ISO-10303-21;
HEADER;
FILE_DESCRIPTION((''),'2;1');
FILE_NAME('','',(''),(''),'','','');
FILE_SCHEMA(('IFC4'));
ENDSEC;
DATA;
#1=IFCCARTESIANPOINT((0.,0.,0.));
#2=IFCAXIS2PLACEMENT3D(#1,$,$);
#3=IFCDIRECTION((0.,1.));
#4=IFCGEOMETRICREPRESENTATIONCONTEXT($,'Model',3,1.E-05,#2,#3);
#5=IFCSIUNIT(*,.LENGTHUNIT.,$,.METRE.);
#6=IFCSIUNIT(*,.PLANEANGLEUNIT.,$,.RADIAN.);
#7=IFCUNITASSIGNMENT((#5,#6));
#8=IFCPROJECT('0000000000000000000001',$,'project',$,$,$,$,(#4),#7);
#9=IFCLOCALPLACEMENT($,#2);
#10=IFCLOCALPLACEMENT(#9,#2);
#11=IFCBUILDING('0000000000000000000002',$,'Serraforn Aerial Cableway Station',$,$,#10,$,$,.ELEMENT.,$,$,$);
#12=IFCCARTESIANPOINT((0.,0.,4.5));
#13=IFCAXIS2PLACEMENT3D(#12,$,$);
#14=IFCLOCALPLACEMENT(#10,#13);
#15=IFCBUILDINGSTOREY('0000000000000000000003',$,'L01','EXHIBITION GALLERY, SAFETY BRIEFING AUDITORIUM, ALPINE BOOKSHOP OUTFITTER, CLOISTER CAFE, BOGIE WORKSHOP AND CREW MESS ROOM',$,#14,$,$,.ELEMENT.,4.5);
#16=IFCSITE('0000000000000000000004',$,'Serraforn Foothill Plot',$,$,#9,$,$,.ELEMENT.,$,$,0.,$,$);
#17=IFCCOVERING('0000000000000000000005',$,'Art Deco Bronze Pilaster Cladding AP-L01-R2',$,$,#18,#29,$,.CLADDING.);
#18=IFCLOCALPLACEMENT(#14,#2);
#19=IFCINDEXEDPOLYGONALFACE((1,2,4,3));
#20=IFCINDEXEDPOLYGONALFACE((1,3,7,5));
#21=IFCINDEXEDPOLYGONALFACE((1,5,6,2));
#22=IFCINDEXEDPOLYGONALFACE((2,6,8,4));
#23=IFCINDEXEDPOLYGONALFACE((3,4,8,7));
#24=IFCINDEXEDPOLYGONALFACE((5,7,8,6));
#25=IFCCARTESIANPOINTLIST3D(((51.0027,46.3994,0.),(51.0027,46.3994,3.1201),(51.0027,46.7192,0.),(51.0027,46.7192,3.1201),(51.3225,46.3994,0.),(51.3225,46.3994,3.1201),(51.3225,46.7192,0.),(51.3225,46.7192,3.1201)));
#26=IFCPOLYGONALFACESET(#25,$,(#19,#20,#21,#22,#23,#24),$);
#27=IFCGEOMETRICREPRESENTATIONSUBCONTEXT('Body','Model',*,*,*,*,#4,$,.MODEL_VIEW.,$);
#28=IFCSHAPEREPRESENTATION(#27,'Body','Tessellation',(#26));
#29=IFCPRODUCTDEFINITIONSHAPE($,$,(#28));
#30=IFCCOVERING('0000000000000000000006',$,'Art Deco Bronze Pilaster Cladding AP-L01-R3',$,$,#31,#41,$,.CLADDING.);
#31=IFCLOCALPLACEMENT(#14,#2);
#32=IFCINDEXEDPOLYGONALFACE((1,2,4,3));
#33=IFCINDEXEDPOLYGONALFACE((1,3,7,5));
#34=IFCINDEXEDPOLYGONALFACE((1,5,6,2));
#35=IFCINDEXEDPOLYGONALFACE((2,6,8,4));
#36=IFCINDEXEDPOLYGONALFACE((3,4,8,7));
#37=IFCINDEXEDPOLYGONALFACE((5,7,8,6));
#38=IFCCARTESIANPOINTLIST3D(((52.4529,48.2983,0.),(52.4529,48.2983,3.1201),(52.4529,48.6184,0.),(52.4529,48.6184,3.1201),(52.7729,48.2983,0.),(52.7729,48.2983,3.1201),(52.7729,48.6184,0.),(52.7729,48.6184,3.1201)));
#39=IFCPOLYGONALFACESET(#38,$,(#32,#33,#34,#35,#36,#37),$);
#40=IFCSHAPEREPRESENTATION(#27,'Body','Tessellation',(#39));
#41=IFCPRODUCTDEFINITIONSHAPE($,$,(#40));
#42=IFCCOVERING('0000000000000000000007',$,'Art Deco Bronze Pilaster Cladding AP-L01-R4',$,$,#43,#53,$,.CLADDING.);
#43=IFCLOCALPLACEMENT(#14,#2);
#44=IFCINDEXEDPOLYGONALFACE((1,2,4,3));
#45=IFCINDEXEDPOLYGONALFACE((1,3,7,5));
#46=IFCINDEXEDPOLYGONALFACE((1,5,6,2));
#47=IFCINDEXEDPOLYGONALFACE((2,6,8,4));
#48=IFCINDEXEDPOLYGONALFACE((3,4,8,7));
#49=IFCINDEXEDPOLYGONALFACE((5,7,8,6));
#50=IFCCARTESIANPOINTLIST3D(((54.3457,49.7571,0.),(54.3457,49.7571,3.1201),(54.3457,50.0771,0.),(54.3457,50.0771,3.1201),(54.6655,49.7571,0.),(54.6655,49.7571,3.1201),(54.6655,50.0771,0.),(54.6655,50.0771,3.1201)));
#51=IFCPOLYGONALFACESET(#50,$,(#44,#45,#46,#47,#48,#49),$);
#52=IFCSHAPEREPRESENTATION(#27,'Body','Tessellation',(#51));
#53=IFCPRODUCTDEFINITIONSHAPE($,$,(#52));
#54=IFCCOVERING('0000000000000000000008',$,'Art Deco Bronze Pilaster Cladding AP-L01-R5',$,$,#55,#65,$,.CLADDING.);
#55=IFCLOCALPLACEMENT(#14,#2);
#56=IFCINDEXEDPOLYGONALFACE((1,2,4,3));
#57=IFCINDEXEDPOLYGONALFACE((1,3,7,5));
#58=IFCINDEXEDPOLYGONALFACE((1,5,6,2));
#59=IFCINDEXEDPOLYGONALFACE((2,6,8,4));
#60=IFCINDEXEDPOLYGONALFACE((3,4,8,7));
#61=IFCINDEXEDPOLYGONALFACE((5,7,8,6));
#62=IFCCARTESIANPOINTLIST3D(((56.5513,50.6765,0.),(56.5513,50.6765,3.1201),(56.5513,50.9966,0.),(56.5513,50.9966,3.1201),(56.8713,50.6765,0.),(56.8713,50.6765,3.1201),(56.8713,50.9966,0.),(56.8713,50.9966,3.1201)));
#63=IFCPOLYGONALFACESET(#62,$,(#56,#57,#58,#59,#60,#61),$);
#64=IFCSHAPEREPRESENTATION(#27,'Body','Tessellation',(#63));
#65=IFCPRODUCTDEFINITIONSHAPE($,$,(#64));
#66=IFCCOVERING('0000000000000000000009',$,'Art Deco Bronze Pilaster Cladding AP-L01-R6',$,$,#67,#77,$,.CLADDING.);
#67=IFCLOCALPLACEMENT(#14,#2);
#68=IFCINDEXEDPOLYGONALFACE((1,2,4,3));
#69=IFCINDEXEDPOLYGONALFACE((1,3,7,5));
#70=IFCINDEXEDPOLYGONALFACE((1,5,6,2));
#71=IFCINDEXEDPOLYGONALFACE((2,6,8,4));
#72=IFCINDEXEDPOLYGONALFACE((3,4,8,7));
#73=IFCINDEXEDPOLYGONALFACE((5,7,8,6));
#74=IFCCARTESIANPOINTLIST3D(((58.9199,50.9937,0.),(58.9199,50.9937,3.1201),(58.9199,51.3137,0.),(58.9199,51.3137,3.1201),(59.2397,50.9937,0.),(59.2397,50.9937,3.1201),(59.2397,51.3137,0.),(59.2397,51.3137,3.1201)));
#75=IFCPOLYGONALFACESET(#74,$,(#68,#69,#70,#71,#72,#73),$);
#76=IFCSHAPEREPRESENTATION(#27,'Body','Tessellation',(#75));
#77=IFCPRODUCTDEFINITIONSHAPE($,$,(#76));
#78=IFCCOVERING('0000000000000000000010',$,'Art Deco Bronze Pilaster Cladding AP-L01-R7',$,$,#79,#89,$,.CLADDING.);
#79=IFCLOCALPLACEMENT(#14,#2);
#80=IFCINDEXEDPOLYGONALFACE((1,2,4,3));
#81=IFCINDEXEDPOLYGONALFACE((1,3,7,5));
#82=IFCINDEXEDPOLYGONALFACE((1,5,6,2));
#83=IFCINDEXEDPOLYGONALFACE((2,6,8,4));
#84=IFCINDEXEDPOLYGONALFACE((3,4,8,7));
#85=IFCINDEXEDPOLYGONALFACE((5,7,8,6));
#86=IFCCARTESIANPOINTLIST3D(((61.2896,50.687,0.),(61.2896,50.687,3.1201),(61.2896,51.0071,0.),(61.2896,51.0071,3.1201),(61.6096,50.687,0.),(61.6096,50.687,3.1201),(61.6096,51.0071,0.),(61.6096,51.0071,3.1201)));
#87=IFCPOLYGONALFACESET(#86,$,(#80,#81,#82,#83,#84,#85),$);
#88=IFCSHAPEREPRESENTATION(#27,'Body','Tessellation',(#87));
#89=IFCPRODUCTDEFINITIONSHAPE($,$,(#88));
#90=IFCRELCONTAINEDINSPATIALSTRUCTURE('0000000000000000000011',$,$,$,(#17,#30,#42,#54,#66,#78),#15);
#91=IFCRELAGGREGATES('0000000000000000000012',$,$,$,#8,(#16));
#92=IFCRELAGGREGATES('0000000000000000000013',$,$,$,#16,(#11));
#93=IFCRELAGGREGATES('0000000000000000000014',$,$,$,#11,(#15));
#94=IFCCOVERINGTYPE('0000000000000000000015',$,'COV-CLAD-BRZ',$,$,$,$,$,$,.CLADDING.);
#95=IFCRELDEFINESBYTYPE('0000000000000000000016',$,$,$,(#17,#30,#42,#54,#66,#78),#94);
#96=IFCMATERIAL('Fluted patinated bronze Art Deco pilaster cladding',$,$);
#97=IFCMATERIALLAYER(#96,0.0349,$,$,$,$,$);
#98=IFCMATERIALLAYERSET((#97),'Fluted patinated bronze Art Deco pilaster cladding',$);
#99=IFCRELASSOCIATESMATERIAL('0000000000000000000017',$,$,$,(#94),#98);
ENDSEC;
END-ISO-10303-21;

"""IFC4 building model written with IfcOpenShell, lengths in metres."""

from ifc_helpers import new_model, si_unit, direction, frame, origin, place, context, subcontext, project, spatial, polyline, outline, extrude, material, layer, layer_set, type_object, element, save


model = new_model("IFC4")

# Units and contexts
model_context = context("Model", 3, precision=1e-05, world=origin(), true_north=direction((0.0, 1.0)))
body_context = subcontext(model_context, "Body", "Model", "MODEL_VIEW")
ifc_project = project(units=[si_unit("LENGTHUNIT", "METRE"), si_unit("PLANEANGLEUNIT", "RADIAN")], contexts=[model_context])

# Site, building, storey
site_placement = place(None, origin())
site = spatial("IfcSite", under=ifc_project, at=site_placement, Name="Serraforn Foothill Plot", CompositionType="ELEMENT", RefElevation=0.0)
building_placement = place(site_placement, origin())
building = spatial("IfcBuilding", under=site, at=building_placement, Name="Serraforn Aerial Cableway Station", CompositionType="ELEMENT")
storey_placement = place(building_placement, frame((0.0, 0.0, 4.5)))
storey = spatial("IfcBuildingStorey", under=building, at=storey_placement, Name="L01", Description="EXHIBITION GALLERY, SAFETY BRIEFING AUDITORIUM, ALPINE BOOKSHOP OUTFITTER, CLOISTER CAFE, BOGIE WORKSHOP AND CREW MESS ROOM", CompositionType="ELEMENT", Elevation=4.5)

# Coverings
ifc_material_1 = material(Name="Fluted patinated bronze Art Deco pilaster cladding")
ifc_layer_1 = layer(ifc_material_1, 0.0349)
ifc_layer_set_1 = layer_set([ifc_layer_1], Name="Fluted patinated bronze Art Deco pilaster cladding")
covering_type = type_object("IfcCoveringType", Name="COV-CLAD-BRZ", PredefinedType="CLADDING", material=ifc_layer_set_1)
covering_1_placement = place(storey_placement, origin())
element("IfcCovering", 1, at=covering_1_placement, inside=storey, type_object=covering_type, Name="Art Deco Bronze Pilaster Cladding AP-L01-R2", PredefinedType="CLADDING", context=body_context, shape_type="SweptSolid", body=[
    extrude(outline(polyline([(51.0027, 46.3994), (51.3225, 46.3994), (51.3225, 46.7192), (51.0027, 46.7192), (51.0027, 46.3994)])), origin(), (0.0, 0.0, 1.0), 3.1201),
])
covering_2_placement = place(storey_placement, origin())
element("IfcCovering", 2, at=covering_2_placement, inside=storey, type_object=covering_type, Name="Art Deco Bronze Pilaster Cladding AP-L01-R3", PredefinedType="CLADDING", context=body_context, shape_type="SweptSolid", body=[
    extrude(outline(polyline([(52.4529, 48.2983), (52.7729, 48.2983), (52.7729, 48.6184), (52.4529, 48.6184), (52.4529, 48.2983)])), origin(), (0.0, 0.0, 1.0), 3.1201),
])
covering_3_placement = place(storey_placement, origin())
element("IfcCovering", 3, at=covering_3_placement, inside=storey, type_object=covering_type, Name="Art Deco Bronze Pilaster Cladding AP-L01-R4", PredefinedType="CLADDING", context=body_context, shape_type="SweptSolid", body=[
    extrude(outline(polyline([(54.3457, 49.7571), (54.6655, 49.7571), (54.6655, 50.0771), (54.3457, 50.0771), (54.3457, 49.7571)])), origin(), (0.0, 0.0, 1.0), 3.1201),
])
covering_4_placement = place(storey_placement, origin())
element("IfcCovering", 4, at=covering_4_placement, inside=storey, type_object=covering_type, Name="Art Deco Bronze Pilaster Cladding AP-L01-R5", PredefinedType="CLADDING", context=body_context, shape_type="SweptSolid", body=[
    extrude(outline(polyline([(56.5513, 50.6765), (56.8713, 50.6765), (56.8713, 50.9966), (56.5513, 50.9966), (56.5513, 50.6765)])), origin(), (0.0, 0.0, 1.0), 3.1201),
])
covering_5_placement = place(storey_placement, origin())
element("IfcCovering", 5, at=covering_5_placement, inside=storey, type_object=covering_type, Name="Art Deco Bronze Pilaster Cladding AP-L01-R6", PredefinedType="CLADDING", context=body_context, shape_type="SweptSolid", body=[
    extrude(outline(polyline([(58.9199, 50.9937), (59.2397, 50.9937), (59.2397, 51.3137), (58.9199, 51.3137), (58.9199, 50.9937)])), origin(), (0.0, 0.0, 1.0), 3.1201),
])
covering_6_placement = place(storey_placement, origin())
element("IfcCovering", 6, at=covering_6_placement, inside=storey, type_object=covering_type, Name="Art Deco Bronze Pilaster Cladding AP-L01-R7", PredefinedType="CLADDING", context=body_context, shape_type="SweptSolid", body=[
    extrude(outline(polyline([(61.2896, 50.687), (61.6096, 50.687), (61.6096, 51.0071), (61.2896, 51.0071), (61.2896, 50.687)])), origin(), (0.0, 0.0, 1.0), 3.1201),
])

save(model, "model.ifc")
